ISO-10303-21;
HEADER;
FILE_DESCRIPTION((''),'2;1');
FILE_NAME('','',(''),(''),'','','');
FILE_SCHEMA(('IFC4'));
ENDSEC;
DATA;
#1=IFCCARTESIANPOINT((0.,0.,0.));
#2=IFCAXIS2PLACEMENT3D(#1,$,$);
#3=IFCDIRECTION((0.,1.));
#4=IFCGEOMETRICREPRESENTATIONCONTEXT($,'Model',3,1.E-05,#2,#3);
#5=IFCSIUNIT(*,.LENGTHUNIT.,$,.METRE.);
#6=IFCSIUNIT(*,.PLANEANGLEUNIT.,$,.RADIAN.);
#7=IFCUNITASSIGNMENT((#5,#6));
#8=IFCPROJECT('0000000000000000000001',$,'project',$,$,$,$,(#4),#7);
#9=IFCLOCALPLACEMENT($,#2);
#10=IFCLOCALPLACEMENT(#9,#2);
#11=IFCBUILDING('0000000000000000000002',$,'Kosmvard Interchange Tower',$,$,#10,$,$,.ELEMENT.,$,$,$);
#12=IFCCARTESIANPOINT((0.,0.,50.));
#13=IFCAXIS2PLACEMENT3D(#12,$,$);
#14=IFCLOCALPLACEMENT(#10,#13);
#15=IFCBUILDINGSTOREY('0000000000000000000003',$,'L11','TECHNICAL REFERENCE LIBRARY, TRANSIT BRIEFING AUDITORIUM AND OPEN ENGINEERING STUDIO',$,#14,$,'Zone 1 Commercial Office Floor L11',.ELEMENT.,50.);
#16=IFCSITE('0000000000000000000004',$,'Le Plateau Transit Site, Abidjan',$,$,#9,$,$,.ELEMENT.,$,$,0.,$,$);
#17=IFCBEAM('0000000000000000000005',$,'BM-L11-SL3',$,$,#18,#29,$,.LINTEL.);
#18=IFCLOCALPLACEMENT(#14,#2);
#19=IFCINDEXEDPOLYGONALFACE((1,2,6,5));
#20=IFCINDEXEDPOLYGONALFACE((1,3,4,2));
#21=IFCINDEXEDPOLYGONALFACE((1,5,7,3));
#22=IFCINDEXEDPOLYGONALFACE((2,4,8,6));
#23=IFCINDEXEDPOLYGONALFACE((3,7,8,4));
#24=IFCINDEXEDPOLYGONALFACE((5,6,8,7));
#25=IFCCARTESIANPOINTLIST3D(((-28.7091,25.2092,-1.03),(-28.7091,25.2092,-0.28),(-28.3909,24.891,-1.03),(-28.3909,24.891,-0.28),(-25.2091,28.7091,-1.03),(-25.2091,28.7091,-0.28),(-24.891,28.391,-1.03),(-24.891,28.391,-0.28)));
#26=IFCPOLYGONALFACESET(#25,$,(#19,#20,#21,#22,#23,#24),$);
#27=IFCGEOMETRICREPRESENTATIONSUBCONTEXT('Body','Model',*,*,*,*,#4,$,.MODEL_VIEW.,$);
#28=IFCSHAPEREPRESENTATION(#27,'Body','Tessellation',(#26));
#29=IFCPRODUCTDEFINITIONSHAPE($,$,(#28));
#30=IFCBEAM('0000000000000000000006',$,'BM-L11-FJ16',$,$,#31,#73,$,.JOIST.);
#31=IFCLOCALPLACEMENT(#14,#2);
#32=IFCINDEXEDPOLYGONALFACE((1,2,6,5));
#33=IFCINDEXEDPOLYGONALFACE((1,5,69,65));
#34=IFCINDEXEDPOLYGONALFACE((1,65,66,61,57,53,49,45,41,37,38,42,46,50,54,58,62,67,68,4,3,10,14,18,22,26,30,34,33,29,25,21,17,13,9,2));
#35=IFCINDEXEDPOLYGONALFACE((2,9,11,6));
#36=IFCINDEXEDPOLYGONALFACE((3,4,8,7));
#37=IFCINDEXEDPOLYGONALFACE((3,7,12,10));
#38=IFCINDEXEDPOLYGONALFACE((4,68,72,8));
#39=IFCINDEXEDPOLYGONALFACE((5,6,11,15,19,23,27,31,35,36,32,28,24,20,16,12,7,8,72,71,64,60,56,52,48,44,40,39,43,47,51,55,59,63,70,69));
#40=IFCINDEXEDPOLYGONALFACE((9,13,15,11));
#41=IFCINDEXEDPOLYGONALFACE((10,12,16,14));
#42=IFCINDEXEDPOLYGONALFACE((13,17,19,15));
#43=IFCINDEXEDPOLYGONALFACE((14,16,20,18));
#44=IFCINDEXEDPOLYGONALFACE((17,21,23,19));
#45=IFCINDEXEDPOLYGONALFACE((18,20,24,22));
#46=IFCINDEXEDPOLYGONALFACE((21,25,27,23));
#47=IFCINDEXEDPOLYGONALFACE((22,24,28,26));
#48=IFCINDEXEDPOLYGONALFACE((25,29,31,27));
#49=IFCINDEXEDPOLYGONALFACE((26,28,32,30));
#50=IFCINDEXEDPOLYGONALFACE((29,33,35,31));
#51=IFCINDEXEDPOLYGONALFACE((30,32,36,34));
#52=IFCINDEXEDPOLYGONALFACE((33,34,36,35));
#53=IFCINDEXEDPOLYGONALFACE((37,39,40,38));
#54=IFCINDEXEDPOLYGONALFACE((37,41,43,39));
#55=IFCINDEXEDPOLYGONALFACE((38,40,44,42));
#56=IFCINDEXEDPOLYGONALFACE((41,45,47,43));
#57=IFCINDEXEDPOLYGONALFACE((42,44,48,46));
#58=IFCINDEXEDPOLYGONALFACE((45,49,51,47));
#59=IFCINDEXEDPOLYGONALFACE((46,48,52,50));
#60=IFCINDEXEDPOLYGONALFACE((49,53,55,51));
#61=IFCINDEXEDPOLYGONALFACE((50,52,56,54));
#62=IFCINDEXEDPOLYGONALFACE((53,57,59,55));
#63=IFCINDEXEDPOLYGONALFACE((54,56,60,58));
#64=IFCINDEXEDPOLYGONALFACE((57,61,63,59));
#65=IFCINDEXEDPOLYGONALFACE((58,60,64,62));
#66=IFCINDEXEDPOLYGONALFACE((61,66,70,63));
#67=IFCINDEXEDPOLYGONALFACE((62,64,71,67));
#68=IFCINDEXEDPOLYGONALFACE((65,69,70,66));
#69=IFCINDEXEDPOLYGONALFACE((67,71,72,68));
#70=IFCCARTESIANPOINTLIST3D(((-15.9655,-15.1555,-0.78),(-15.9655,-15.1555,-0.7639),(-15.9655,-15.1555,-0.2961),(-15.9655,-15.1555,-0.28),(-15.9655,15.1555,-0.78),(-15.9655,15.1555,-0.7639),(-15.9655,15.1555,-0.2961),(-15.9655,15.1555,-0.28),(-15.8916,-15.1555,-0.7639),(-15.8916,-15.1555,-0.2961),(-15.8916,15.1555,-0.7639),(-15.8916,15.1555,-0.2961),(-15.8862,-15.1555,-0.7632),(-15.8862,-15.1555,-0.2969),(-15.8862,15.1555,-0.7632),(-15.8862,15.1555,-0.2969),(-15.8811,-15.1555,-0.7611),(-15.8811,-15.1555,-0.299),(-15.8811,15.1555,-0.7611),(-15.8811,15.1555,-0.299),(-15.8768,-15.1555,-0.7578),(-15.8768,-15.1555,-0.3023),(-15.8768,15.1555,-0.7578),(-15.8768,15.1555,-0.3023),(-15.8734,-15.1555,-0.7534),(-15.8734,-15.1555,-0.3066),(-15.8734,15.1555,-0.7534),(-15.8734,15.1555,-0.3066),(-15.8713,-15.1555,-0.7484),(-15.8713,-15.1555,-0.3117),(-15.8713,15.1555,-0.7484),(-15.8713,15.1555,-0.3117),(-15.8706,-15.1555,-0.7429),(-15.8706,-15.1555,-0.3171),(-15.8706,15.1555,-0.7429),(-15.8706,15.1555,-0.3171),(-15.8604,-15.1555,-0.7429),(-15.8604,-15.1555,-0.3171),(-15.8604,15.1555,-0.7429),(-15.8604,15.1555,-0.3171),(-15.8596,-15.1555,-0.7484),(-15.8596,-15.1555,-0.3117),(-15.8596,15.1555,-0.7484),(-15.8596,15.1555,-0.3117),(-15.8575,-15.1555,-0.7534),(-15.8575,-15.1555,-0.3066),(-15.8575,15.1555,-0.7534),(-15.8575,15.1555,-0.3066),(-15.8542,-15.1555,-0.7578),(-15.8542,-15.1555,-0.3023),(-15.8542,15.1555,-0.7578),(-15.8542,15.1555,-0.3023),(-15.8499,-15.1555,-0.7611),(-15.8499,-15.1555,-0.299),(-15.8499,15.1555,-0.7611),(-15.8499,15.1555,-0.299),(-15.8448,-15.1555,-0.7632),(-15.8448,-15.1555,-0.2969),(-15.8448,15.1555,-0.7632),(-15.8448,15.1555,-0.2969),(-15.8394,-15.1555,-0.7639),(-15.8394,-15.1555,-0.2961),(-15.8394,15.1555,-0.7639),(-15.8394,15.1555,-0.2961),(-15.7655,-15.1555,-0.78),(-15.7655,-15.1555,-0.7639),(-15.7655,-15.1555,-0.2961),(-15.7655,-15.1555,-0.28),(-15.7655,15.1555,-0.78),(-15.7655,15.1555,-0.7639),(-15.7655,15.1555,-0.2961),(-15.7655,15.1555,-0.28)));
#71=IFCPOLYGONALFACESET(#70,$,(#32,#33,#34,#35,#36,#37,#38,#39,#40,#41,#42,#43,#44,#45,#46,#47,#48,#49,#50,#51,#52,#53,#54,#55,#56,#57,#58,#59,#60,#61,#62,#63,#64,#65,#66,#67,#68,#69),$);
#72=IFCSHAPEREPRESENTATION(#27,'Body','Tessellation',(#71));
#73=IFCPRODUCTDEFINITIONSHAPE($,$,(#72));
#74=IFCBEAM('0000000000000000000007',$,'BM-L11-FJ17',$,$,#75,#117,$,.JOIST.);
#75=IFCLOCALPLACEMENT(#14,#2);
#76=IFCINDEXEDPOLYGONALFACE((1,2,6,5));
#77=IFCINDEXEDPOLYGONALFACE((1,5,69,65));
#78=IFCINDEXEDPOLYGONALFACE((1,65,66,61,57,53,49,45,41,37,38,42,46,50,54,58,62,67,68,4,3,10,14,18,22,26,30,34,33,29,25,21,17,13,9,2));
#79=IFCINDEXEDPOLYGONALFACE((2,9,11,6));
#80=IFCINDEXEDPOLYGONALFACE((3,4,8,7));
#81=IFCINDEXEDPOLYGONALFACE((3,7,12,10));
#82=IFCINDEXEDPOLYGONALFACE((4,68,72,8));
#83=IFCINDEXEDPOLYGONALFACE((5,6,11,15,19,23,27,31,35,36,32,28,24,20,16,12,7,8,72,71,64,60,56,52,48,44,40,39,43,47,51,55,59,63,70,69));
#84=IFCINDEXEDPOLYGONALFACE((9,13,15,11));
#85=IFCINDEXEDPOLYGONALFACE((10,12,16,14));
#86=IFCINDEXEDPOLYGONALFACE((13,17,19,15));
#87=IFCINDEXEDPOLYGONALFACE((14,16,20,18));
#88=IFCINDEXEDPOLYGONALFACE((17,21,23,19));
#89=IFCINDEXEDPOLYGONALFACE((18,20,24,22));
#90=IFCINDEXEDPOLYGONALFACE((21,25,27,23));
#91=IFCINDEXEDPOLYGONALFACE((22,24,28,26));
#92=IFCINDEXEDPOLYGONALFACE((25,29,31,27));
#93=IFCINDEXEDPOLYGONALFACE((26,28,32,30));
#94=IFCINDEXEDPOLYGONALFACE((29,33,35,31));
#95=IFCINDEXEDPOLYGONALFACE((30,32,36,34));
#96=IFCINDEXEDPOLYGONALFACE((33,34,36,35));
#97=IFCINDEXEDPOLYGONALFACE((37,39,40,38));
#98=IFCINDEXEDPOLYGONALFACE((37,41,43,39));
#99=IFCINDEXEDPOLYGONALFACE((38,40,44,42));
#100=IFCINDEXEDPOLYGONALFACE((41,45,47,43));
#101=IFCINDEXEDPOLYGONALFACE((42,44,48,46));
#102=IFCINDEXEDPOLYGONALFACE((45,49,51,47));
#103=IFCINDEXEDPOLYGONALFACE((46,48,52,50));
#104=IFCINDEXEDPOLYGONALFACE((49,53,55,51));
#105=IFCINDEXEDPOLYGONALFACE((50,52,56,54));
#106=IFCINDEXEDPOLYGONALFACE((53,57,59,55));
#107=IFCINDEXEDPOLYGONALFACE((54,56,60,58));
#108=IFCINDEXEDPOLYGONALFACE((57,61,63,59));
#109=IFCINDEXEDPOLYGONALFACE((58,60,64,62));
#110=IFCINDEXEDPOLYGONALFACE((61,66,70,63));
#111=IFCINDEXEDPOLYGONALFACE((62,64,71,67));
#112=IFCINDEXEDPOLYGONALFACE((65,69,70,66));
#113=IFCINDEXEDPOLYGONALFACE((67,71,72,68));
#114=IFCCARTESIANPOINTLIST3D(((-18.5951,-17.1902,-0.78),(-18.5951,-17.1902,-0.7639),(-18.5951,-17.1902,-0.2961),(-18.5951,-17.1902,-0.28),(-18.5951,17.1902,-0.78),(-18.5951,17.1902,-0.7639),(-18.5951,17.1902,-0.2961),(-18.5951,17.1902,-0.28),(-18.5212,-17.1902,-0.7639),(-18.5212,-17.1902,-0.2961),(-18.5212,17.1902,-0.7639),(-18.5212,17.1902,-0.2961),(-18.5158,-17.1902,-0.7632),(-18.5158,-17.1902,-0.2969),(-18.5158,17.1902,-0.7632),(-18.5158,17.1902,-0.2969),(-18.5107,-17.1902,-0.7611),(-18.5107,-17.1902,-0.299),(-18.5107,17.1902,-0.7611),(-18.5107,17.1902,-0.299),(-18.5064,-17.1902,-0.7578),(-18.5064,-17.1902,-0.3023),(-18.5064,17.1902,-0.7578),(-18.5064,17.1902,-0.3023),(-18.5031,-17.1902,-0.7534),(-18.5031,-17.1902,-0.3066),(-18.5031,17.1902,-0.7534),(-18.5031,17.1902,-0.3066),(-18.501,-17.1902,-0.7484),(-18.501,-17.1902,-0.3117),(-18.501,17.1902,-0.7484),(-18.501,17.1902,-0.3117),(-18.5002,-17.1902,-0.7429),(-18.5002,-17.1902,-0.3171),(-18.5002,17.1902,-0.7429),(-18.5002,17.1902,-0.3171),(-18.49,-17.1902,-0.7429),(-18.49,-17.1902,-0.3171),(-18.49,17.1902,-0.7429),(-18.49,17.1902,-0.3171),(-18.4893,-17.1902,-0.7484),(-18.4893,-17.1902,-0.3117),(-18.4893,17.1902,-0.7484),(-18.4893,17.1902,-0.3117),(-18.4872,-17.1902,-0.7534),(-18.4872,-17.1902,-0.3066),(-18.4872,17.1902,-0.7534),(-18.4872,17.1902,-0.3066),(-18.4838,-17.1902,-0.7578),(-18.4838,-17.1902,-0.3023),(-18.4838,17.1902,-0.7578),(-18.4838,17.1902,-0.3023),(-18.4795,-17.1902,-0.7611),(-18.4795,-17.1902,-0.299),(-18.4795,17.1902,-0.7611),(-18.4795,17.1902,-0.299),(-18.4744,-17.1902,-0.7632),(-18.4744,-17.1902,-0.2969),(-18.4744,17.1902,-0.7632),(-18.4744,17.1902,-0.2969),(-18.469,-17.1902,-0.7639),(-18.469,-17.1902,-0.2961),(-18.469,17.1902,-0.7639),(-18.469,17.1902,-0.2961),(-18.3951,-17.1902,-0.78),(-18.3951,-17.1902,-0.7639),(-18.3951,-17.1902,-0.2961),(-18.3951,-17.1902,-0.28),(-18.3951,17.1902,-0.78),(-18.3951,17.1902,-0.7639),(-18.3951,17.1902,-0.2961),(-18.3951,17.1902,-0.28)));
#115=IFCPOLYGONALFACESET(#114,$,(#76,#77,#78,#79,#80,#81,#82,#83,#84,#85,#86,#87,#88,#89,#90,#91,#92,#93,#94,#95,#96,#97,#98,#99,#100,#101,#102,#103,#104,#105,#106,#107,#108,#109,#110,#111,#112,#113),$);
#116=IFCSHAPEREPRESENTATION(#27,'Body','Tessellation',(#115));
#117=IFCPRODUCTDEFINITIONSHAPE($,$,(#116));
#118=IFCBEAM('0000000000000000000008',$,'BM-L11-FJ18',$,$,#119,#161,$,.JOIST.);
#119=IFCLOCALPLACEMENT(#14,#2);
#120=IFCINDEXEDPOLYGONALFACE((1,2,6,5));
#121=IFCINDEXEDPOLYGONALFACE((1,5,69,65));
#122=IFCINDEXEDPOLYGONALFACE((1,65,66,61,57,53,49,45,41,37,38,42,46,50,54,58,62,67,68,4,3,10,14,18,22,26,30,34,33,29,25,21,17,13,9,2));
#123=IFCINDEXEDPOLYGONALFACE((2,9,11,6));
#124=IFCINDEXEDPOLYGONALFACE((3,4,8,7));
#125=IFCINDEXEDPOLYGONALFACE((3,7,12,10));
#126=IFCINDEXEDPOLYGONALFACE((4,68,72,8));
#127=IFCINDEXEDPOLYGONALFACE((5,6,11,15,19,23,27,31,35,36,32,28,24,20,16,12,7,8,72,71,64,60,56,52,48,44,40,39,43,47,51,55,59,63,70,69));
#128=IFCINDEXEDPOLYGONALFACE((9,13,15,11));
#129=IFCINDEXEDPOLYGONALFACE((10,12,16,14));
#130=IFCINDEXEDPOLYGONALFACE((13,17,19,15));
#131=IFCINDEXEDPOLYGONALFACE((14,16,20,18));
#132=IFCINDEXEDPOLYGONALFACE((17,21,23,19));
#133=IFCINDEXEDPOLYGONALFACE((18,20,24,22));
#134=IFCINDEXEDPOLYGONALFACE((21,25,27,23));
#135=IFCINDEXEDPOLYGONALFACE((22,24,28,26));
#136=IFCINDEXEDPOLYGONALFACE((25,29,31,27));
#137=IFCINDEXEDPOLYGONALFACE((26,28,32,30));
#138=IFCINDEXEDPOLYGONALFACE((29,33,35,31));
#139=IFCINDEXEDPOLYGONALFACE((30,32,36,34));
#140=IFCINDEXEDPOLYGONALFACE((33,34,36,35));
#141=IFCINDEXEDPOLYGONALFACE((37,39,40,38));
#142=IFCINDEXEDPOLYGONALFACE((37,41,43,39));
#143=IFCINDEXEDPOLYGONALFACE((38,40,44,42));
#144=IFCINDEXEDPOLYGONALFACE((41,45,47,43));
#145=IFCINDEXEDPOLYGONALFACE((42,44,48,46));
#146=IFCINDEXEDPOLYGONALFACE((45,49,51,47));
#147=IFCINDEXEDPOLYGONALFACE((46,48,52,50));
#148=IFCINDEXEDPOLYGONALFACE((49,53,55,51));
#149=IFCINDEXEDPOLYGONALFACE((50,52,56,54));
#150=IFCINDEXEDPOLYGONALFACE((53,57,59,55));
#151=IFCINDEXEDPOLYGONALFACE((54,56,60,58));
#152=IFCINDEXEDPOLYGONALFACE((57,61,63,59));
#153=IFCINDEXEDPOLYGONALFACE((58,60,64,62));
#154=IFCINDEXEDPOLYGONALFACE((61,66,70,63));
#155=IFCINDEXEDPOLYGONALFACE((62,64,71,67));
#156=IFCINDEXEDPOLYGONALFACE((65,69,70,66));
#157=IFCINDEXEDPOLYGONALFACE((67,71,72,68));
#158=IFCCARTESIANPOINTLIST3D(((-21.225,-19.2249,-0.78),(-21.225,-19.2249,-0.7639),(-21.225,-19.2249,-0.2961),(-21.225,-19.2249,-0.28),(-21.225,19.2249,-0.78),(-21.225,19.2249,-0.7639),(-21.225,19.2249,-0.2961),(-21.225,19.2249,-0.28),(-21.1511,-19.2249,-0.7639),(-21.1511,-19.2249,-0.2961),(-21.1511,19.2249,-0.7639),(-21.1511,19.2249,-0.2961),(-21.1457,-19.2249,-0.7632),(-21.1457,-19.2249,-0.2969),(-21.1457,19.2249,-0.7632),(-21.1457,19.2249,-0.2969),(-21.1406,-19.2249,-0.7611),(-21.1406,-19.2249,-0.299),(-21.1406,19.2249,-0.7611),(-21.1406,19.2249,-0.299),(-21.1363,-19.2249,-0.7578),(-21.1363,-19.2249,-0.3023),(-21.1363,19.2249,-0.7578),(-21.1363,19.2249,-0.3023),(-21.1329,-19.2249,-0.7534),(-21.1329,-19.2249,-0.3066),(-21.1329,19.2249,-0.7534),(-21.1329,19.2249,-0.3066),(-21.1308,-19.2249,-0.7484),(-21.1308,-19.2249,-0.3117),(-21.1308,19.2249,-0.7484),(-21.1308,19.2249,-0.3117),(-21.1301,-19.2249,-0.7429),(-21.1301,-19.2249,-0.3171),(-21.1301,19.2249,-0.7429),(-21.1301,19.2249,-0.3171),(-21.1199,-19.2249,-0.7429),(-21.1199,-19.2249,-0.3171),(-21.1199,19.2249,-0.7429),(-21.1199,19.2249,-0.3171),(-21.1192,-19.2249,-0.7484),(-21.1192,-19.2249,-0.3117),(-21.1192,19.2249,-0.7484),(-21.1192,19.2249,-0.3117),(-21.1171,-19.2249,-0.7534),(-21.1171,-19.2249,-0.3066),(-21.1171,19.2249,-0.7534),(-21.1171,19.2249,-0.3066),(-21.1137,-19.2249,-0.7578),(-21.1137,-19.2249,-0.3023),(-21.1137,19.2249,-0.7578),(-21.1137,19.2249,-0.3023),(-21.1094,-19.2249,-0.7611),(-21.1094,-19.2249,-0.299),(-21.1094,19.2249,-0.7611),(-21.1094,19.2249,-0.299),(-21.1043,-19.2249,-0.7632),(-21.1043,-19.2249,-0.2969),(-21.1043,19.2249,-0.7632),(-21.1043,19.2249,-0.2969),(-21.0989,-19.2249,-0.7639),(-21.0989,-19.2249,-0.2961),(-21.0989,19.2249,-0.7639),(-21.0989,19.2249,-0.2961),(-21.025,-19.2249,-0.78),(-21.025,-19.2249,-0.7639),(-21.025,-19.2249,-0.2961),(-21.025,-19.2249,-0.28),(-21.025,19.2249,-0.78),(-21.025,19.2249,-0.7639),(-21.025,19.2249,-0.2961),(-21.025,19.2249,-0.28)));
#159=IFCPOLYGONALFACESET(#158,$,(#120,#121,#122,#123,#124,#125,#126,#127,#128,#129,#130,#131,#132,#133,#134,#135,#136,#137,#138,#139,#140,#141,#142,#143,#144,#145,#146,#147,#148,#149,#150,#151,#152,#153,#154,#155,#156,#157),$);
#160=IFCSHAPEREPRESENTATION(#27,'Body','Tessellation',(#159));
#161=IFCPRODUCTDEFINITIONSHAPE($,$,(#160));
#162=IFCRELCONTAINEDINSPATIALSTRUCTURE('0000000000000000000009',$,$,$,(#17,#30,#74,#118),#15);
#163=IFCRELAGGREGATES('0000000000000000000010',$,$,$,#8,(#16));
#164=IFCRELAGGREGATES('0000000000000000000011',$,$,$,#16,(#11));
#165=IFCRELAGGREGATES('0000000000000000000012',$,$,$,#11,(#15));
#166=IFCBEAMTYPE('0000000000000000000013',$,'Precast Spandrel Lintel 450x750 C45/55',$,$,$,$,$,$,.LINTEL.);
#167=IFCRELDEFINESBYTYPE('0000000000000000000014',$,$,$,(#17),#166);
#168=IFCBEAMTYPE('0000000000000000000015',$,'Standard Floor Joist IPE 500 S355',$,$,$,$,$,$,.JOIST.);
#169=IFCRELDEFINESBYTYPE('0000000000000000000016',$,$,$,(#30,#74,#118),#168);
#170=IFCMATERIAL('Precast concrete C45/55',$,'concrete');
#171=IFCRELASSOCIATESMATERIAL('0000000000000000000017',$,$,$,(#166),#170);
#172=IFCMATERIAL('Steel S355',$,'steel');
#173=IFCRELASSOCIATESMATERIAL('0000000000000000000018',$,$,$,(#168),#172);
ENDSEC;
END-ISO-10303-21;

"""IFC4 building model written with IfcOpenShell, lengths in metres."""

from ifc_helpers import new_model, si_unit, direction, frame, origin, origin_2d, place, context, subcontext, project, spatial, rectangle, i_section, extrude, source, transform, mapped, material, material_profile, profile_set, type_object, element, save


model = new_model("IFC4")

# Units and contexts
model_context = context("Model", 3, precision=1e-05, world=origin(), true_north=direction((0.0, 1.0)))
body_context = subcontext(model_context, "Body", "Model", "MODEL_VIEW")
ifc_project = project(units=[si_unit("LENGTHUNIT", "METRE"), si_unit("PLANEANGLEUNIT", "RADIAN")], contexts=[model_context])

# Site, building, storey
site_placement = place(None, origin())
site = spatial("IfcSite", under=ifc_project, at=site_placement, Name="Le Plateau Transit Site, Abidjan", CompositionType="ELEMENT", RefElevation=0.0)
building_placement = place(site_placement, origin())
building = spatial("IfcBuilding", under=site, at=building_placement, Name="Kosmvard Interchange Tower", CompositionType="ELEMENT")
storey_placement = place(building_placement, frame((0.0, 0.0, 50.0)))
storey = spatial("IfcBuildingStorey", under=building, at=storey_placement, Name="L11", Description="TECHNICAL REFERENCE LIBRARY, TRANSIT BRIEFING AUDITORIUM AND OPEN ENGINEERING STUDIO", LongName="Zone 1 Commercial Office Floor L11", CompositionType="ELEMENT", Elevation=50.0)

# Beams
ifc_material_1 = material(Name="Steel S355", Category="steel")
ifc_material_2 = material(Name="Precast concrete C45/55", Category="concrete")
ifc_material_profile_1 = material_profile(ifc_material_2, rectangle(XDim=0.45, YDim=0.75, at=origin_2d()), Name="SL 450x750")
ifc_profile_set_1 = profile_set([ifc_material_profile_1], Name="Precast concrete C45/55")
beam_type_1 = type_object("IfcBeamType", Name="Precast Spandrel Lintel 450x750 C45/55", PredefinedType="LINTEL", material=ifc_profile_set_1)
shared_shape_1 = source(origin(), body_context, "Body", "SweptSolid", [
    extrude(rectangle(XDim=0.45, YDim=0.75, at=origin_2d()), origin(), (0.0, 0.0, 1.0), 4.9497),
])
beam_1_placement = place(storey_placement, frame((-25.05, 28.55, -0.655), z_axis=(-0.707107, -0.707107, 0.0), x_axis=(0.707107, -0.707107, 0.0)))
element("IfcBeam", 1, at=beam_1_placement, inside=storey, type_object=beam_type_1, Name="BM-L11-SL3", PredefinedType="LINTEL", context=body_context, shape_type="MappedRepresentation", body=[
    mapped(shared_shape_1, transform((0.0, 0.0, 0.0), scale=1.0)),
])
ifc_material_profile_2 = material_profile(ifc_material_1, i_section(OverallWidth=0.2, OverallDepth=0.5, WebThickness=0.0103, FlangeThickness=0.0161, FilletRadius=0.021, at=origin_2d()), Name="IPE 500")
ifc_profile_set_2 = profile_set([ifc_material_profile_2], Name="Steel S355")
beam_type_2 = type_object("IfcBeamType", Name="Standard Floor Joist IPE 500 S355", PredefinedType="JOIST", material=ifc_profile_set_2)
shared_shape_2 = source(origin(), body_context, "Body", "SweptSolid", [
    extrude(i_section(OverallWidth=0.2, OverallDepth=0.5, WebThickness=0.0103, FlangeThickness=0.0161, FilletRadius=0.021, at=origin_2d()), origin(), (0.0, 0.0, 1.0), 30.311),
])
beam_2_placement = place(storey_placement, frame((-15.8655, 15.1555, -0.53), z_axis=(0.0, -1.0, 0.0), x_axis=(1.0, 0.0, 0.0)))
element("IfcBeam", 2, at=beam_2_placement, inside=storey, type_object=beam_type_2, Name="BM-L11-FJ16", PredefinedType="JOIST", context=body_context, shape_type="MappedRepresentation", body=[
    mapped(shared_shape_2, transform((0.0, 0.0, 0.0), scale=1.0)),
])
shared_shape_3 = source(origin(), body_context, "Body", "SweptSolid", [
    extrude(i_section(OverallWidth=0.2, OverallDepth=0.5, WebThickness=0.0103, FlangeThickness=0.0161, FilletRadius=0.021, at=origin_2d()), origin(), (0.0, 0.0, 1.0), 34.3804),
])
beam_3_placement = place(storey_placement, frame((-18.4951, 17.1902, -0.53), z_axis=(0.0, -1.0, 0.0), x_axis=(1.0, 0.0, 0.0)))
element("IfcBeam", 3, at=beam_3_placement, inside=storey, type_object=beam_type_2, Name="BM-L11-FJ17", PredefinedType="JOIST", context=body_context, shape_type="MappedRepresentation", body=[
    mapped(shared_shape_3, transform((0.0, 0.0, 0.0), scale=1.0)),
])
shared_shape_4 = source(origin(), body_context, "Body", "SweptSolid", [
    extrude(i_section(OverallWidth=0.2, OverallDepth=0.5, WebThickness=0.0103, FlangeThickness=0.0161, FilletRadius=0.021, at=origin_2d()), origin(), (0.0, 0.0, 1.0), 38.4497),
])
beam_4_placement = place(storey_placement, frame((-21.125, 19.2249, -0.53), z_axis=(0.0, -1.0, 0.0), x_axis=(1.0, 0.0, 0.0)))
element("IfcBeam", 4, at=beam_4_placement, inside=storey, type_object=beam_type_2, Name="BM-L11-FJ18", PredefinedType="JOIST", context=body_context, shape_type="MappedRepresentation", body=[
    mapped(shared_shape_4, transform((0.0, 0.0, 0.0), scale=1.0)),
])

save(model, "model.ifc")
